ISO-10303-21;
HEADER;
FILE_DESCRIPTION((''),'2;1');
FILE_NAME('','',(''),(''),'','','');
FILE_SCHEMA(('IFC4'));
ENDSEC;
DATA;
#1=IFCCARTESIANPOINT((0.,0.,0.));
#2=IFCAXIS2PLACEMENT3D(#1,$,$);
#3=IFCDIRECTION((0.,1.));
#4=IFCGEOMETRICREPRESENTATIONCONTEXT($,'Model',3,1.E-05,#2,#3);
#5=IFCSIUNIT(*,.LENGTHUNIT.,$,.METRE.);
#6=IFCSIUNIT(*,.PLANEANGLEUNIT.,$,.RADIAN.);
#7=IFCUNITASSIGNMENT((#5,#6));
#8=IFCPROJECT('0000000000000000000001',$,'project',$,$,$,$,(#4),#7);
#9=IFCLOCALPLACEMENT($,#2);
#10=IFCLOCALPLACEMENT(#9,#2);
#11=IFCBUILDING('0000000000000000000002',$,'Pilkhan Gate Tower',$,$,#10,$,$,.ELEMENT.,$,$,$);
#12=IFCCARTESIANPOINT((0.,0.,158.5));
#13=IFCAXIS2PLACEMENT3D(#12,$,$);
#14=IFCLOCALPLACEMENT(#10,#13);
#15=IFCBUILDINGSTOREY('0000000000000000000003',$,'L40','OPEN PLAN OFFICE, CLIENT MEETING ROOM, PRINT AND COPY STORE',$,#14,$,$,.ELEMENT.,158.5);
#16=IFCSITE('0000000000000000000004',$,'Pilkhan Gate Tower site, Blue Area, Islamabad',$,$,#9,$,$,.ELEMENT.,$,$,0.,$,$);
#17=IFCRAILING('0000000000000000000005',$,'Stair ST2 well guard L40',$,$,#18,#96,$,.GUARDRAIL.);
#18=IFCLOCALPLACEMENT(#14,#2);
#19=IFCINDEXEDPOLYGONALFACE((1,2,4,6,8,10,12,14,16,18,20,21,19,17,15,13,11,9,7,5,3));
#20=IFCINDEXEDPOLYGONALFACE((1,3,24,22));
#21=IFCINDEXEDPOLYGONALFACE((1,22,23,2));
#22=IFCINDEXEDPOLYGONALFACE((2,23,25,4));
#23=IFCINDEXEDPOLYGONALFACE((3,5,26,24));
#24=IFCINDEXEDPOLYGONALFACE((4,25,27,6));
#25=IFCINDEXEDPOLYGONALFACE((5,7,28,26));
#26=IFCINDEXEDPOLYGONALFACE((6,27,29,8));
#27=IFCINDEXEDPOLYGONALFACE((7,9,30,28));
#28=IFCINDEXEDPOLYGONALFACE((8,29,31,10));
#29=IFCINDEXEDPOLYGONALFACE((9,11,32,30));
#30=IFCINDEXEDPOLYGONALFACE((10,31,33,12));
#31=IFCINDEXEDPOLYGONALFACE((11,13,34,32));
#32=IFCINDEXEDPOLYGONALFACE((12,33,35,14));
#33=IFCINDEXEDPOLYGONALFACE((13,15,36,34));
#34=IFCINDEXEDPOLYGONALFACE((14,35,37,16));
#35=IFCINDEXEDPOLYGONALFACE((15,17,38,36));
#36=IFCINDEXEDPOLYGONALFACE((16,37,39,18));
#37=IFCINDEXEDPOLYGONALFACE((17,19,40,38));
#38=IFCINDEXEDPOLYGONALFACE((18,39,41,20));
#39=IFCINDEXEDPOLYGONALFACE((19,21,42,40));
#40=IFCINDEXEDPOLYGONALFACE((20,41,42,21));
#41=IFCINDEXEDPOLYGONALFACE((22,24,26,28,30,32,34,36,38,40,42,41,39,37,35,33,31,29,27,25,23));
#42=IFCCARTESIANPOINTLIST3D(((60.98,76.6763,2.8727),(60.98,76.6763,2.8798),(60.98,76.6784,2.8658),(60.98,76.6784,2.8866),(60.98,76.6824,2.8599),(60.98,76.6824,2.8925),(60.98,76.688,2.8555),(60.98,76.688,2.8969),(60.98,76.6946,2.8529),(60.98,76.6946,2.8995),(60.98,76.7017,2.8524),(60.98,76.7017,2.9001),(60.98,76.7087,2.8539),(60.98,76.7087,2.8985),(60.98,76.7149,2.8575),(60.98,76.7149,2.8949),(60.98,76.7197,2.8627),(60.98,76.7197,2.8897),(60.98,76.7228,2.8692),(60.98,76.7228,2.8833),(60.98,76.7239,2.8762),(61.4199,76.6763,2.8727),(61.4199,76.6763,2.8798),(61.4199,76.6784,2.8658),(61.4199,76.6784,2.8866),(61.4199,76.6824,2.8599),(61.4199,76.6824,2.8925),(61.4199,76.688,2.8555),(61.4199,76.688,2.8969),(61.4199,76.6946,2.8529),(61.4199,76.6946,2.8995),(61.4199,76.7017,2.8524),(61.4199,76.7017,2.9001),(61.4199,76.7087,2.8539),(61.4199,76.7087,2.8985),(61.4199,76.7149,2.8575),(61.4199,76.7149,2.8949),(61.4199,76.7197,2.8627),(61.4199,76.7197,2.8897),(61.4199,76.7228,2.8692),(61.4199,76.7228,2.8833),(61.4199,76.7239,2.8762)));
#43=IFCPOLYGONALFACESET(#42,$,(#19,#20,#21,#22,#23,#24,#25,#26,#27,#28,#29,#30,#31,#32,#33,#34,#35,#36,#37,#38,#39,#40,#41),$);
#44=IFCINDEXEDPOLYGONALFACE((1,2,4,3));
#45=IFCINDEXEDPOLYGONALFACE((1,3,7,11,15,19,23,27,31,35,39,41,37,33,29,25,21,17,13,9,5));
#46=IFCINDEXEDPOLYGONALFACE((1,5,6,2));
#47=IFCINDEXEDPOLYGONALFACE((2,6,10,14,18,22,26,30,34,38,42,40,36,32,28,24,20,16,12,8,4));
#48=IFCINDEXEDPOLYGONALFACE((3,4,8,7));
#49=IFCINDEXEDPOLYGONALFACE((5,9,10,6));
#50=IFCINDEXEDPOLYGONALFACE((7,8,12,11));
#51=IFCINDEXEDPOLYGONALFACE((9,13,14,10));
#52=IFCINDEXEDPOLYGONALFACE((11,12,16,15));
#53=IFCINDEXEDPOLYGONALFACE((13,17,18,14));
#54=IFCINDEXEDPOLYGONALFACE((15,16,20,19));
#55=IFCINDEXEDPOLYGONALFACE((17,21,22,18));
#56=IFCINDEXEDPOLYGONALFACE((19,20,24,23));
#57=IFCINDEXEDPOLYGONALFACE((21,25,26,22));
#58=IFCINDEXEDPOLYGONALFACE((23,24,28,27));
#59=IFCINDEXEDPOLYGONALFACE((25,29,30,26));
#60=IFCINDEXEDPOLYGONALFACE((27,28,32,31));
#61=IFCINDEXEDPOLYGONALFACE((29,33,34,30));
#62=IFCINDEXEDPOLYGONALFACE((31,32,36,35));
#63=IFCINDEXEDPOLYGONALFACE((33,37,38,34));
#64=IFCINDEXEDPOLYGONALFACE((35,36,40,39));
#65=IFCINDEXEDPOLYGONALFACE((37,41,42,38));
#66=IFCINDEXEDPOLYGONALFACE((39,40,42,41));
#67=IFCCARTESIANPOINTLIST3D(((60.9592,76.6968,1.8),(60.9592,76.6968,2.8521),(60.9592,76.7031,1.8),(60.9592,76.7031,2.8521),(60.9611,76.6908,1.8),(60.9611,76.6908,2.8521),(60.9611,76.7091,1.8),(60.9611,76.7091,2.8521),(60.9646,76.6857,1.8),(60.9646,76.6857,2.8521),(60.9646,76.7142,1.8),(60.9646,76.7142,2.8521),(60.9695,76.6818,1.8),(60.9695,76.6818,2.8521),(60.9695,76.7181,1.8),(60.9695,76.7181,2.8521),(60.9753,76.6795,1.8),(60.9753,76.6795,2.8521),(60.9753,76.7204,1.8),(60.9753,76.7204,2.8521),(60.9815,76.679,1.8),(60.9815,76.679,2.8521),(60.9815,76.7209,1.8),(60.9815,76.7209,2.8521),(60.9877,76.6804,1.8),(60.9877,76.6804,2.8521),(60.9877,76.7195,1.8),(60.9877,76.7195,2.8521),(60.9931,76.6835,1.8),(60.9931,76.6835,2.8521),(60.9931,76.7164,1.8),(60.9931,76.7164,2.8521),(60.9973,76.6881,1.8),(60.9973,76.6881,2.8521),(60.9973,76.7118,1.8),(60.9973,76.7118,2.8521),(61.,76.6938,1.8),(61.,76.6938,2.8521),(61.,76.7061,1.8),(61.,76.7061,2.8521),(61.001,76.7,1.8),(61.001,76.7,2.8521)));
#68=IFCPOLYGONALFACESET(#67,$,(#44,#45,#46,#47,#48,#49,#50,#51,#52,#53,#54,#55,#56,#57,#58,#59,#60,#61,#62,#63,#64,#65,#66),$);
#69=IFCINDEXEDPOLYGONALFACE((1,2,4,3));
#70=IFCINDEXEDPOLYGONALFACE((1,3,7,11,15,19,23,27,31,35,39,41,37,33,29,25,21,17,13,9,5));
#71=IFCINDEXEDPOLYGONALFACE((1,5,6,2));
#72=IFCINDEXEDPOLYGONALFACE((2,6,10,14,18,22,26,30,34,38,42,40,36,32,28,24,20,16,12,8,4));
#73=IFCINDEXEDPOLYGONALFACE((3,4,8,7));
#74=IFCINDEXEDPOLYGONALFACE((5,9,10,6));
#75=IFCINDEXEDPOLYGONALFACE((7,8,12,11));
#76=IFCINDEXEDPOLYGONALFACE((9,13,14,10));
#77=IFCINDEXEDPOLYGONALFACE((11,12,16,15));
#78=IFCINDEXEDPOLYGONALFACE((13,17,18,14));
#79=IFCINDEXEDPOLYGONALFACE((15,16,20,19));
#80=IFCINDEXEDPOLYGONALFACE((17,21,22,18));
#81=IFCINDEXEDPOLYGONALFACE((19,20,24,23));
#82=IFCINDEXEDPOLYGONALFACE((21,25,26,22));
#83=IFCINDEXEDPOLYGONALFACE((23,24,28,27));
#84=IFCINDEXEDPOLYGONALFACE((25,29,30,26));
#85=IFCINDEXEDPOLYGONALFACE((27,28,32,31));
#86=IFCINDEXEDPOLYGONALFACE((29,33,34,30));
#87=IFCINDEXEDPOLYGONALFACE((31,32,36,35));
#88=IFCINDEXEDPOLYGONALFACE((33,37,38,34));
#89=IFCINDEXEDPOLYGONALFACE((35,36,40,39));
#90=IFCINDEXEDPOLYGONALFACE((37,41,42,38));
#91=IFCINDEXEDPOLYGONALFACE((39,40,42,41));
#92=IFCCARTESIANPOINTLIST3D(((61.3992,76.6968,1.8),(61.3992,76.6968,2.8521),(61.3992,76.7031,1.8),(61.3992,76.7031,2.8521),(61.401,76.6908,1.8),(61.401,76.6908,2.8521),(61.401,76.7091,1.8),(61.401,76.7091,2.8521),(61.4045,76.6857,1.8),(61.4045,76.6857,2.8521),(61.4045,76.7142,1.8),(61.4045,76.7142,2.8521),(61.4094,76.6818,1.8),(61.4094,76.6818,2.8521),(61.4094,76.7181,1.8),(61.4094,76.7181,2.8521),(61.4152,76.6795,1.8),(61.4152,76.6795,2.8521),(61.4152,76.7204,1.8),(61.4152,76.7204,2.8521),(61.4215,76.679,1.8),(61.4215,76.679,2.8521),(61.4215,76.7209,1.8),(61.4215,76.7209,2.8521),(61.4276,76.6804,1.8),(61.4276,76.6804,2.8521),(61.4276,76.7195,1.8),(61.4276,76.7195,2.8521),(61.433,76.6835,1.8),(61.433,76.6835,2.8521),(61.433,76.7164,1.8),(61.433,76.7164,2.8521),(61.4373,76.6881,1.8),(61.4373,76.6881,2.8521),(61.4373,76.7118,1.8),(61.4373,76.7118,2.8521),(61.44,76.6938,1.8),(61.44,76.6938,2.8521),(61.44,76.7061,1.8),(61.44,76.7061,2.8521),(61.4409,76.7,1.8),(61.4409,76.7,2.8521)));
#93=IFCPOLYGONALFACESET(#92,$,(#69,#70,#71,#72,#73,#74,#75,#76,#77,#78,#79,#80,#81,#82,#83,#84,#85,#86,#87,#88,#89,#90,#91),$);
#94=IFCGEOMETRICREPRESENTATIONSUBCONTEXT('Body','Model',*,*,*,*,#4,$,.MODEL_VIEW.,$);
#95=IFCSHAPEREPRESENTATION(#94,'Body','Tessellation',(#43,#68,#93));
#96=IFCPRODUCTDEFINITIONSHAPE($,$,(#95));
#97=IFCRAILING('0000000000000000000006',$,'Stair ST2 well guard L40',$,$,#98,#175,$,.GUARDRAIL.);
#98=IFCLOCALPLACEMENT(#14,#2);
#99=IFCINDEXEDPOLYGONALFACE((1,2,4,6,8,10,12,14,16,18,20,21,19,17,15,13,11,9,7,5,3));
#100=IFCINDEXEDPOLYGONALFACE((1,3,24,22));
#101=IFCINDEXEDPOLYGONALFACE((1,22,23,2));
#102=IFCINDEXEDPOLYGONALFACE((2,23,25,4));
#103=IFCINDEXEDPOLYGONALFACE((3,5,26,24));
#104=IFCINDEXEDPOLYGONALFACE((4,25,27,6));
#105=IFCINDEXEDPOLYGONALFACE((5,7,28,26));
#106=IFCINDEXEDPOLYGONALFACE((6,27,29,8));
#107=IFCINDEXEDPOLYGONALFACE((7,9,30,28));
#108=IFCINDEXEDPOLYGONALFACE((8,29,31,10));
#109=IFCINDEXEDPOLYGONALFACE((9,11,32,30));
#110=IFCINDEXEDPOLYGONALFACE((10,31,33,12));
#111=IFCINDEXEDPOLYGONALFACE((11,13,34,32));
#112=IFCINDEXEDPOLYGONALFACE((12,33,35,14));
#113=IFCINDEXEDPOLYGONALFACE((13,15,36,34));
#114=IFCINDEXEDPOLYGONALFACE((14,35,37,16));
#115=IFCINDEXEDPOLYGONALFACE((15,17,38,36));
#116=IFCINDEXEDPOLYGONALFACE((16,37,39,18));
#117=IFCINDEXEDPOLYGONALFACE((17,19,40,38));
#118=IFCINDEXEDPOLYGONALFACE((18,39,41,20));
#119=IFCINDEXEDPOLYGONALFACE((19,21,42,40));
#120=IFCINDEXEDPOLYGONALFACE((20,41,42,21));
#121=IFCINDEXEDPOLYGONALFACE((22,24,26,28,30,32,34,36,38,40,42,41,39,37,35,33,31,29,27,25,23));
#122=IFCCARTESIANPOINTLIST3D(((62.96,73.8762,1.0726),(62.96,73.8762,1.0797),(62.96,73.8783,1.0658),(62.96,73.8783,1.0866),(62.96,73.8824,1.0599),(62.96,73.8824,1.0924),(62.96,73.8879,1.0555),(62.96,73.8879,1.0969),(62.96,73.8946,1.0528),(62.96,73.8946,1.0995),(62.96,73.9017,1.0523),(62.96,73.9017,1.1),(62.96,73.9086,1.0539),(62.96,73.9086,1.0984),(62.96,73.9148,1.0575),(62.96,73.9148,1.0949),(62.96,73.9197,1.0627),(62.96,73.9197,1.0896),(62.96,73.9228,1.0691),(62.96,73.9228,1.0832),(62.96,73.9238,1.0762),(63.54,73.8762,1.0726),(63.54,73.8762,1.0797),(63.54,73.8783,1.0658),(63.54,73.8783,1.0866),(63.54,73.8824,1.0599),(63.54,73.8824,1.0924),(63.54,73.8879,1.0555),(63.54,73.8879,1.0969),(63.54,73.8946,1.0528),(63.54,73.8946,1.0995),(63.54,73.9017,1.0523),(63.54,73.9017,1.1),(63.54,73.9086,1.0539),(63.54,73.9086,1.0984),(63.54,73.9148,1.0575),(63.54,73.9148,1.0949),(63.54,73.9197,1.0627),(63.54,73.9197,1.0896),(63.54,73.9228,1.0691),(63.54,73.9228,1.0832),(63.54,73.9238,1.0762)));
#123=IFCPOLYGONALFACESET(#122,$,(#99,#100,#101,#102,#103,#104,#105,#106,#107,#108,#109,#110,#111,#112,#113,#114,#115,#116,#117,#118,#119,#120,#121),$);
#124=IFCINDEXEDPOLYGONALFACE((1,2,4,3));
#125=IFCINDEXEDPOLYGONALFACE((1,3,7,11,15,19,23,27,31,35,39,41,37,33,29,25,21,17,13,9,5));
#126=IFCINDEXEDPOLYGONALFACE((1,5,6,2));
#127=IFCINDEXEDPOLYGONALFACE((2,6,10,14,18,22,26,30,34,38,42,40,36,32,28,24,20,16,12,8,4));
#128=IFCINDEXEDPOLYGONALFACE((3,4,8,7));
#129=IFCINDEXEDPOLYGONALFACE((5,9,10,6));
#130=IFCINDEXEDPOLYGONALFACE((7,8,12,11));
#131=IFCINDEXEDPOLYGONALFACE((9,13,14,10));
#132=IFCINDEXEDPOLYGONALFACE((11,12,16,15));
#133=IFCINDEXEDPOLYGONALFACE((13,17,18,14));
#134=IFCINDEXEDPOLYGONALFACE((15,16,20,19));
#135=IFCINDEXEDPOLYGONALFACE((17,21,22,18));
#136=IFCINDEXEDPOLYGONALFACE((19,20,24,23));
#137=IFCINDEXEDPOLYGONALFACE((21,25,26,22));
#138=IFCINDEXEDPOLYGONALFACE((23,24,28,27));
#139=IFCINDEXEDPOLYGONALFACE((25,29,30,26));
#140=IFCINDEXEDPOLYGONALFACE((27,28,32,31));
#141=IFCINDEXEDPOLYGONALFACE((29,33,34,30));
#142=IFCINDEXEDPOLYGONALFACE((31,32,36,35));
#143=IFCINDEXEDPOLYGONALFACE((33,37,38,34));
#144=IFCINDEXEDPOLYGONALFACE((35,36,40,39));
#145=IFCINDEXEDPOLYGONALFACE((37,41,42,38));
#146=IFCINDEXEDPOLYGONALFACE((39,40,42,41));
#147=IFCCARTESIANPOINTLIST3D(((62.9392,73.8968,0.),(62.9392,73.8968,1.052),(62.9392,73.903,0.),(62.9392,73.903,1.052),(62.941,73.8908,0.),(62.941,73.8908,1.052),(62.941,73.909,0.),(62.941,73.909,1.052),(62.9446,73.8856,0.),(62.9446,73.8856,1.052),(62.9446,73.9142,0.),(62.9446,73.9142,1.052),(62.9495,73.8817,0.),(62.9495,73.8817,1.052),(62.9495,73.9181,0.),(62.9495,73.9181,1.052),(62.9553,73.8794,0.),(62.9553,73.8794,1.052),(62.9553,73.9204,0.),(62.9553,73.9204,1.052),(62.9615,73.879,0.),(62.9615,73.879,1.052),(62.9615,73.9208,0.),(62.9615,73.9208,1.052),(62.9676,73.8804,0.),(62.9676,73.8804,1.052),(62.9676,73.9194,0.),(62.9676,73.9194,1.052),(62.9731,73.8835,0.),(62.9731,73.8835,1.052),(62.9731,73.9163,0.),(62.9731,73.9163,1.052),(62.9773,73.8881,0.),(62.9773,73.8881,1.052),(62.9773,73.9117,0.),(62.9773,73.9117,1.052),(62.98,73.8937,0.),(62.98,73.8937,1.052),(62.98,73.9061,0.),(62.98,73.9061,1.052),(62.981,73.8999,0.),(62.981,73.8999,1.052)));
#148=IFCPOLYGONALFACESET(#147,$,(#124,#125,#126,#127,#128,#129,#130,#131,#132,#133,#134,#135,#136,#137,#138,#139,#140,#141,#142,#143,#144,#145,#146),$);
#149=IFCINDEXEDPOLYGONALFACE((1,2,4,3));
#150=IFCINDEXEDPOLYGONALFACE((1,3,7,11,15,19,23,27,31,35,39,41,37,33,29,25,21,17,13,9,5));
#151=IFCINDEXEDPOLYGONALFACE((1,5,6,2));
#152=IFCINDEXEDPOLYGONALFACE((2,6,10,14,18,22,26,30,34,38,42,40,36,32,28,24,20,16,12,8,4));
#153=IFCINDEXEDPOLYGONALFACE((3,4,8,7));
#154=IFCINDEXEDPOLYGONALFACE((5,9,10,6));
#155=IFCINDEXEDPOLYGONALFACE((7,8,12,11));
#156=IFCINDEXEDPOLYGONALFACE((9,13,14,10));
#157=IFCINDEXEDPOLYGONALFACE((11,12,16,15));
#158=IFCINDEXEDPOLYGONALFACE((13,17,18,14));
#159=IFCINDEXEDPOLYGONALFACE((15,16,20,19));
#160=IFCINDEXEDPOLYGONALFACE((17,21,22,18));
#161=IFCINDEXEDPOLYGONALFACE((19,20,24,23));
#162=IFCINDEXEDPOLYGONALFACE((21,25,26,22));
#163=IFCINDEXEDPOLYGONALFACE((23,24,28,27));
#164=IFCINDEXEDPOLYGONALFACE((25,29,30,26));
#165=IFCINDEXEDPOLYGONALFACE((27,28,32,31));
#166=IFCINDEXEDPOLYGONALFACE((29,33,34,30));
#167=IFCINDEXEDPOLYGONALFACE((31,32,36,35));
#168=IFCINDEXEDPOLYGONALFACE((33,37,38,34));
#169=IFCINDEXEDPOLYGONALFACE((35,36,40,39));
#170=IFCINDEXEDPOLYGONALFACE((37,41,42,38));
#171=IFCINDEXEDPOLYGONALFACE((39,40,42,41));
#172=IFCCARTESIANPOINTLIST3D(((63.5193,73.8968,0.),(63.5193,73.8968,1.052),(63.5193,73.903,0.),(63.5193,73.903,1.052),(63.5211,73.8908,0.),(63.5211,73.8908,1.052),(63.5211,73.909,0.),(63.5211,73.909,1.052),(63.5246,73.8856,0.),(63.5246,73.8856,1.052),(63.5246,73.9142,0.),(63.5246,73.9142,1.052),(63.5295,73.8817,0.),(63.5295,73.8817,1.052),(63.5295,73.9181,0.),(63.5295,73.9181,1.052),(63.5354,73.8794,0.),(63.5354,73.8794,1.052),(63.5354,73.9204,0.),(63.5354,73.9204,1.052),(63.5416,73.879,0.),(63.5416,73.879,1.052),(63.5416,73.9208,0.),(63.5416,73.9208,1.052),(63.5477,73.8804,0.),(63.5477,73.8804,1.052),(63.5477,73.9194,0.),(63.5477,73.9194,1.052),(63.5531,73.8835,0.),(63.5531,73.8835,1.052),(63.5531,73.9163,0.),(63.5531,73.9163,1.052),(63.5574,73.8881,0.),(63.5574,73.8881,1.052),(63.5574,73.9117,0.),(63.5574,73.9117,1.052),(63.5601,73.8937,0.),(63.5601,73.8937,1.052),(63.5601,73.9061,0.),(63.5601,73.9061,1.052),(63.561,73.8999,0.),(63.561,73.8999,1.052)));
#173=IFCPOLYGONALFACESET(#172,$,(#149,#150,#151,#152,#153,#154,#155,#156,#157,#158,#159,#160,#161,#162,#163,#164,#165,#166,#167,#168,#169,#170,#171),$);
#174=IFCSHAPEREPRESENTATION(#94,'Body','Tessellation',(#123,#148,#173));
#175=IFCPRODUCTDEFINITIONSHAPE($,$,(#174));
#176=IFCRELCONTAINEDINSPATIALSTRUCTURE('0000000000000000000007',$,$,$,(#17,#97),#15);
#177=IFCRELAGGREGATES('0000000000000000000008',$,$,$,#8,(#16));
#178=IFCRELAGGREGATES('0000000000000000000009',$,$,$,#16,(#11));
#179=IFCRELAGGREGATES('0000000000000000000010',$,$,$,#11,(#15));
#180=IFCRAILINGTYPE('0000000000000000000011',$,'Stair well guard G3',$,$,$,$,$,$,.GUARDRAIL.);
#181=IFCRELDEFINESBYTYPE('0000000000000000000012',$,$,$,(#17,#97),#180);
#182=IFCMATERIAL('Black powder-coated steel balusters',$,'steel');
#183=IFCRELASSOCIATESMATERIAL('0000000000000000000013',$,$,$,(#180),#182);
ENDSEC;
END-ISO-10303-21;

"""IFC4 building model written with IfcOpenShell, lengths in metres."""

from ifc_helpers import new_model, si_unit, direction, frame, origin, origin_2d, place, context, subcontext, project, spatial, circle, extrude, material, type_object, element, save


model = new_model("IFC4")

# Units and contexts
model_context = context("Model", 3, precision=1e-05, world=origin(), true_north=direction((0.0, 1.0)))
body_context = subcontext(model_context, "Body", "Model", "MODEL_VIEW")
ifc_project = project(units=[si_unit("LENGTHUNIT", "METRE"), si_unit("PLANEANGLEUNIT", "RADIAN")], contexts=[model_context])

# Site, building, storey
site_placement = place(None, origin())
site = spatial("IfcSite", under=ifc_project, at=site_placement, Name="Pilkhan Gate Tower site, Blue Area, Islamabad", CompositionType="ELEMENT", RefElevation=0.0)
building_placement = place(site_placement, origin())
building = spatial("IfcBuilding", under=site, at=building_placement, Name="Pilkhan Gate Tower", CompositionType="ELEMENT")
storey_placement = place(building_placement, frame((0.0, 0.0, 158.5)))
storey = spatial("IfcBuildingStorey", under=building, at=storey_placement, Name="L40", Description="OPEN PLAN OFFICE, CLIENT MEETING ROOM, PRINT AND COPY STORE", CompositionType="ELEMENT", Elevation=158.5)

# Railings
ifc_material_1 = material(Name="Black powder-coated steel balusters", Category="steel")
railing_type_1 = type_object("IfcRailingType", Name="Stair well guard G3", PredefinedType="GUARDRAIL", material=ifc_material_1)
railing_1_placement = place(storey_placement, frame((60.98, 76.7, 1.8)))
element("IfcRailing", 1, at=railing_1_placement, inside=storey, type_object=railing_type_1, Name="Stair ST2 well guard L40", PredefinedType="GUARDRAIL", context=body_context, shape_type="SweptSolid", body=[
    extrude(circle(Radius=0.0239, at=origin_2d()), frame((0.0, 0.0, 1.0762), z_axis=(1.0, 0.0, 0.0), x_axis=(0.0, 1.0, 0.0)), (0.0, 0.0, 1.0), 0.4399),
    extrude(circle(Radius=0.021, at=origin_2d()), origin(), (0.0, 0.0, 1.0), 1.052),
    extrude(circle(Radius=0.021, at=origin_2d()), frame((0.4399, 0.0, 0.0)), (0.0, 0.0, 1.0), 1.052),
])
for number, where, name in (
    (2, (62.96, 73.8999, 0.0), "Stair ST2 well guard L40"),
):
    element("IfcRailing", number, at=place(storey_placement, frame(where)), inside=storey, type_object=railing_type_1, Name=name, PredefinedType="GUARDRAIL", context=body_context, shape_type="SweptSolid", body=[
        extrude(circle(Radius=0.0239, at=origin_2d()), frame((0.0, 0.0, 1.0762), z_axis=(1.0, 0.0, 0.0), x_axis=(0.0, 1.0, 0.0)), (0.0, 0.0, 1.0), 0.5801),
        extrude(circle(Radius=0.021, at=origin_2d()), origin(), (0.0, 0.0, 1.0), 1.052),
        extrude(circle(Radius=0.021, at=origin_2d()), frame((0.5801, 0.0, 0.0)), (0.0, 0.0, 1.0), 1.052),
    ])

save(model, "model.ifc")
